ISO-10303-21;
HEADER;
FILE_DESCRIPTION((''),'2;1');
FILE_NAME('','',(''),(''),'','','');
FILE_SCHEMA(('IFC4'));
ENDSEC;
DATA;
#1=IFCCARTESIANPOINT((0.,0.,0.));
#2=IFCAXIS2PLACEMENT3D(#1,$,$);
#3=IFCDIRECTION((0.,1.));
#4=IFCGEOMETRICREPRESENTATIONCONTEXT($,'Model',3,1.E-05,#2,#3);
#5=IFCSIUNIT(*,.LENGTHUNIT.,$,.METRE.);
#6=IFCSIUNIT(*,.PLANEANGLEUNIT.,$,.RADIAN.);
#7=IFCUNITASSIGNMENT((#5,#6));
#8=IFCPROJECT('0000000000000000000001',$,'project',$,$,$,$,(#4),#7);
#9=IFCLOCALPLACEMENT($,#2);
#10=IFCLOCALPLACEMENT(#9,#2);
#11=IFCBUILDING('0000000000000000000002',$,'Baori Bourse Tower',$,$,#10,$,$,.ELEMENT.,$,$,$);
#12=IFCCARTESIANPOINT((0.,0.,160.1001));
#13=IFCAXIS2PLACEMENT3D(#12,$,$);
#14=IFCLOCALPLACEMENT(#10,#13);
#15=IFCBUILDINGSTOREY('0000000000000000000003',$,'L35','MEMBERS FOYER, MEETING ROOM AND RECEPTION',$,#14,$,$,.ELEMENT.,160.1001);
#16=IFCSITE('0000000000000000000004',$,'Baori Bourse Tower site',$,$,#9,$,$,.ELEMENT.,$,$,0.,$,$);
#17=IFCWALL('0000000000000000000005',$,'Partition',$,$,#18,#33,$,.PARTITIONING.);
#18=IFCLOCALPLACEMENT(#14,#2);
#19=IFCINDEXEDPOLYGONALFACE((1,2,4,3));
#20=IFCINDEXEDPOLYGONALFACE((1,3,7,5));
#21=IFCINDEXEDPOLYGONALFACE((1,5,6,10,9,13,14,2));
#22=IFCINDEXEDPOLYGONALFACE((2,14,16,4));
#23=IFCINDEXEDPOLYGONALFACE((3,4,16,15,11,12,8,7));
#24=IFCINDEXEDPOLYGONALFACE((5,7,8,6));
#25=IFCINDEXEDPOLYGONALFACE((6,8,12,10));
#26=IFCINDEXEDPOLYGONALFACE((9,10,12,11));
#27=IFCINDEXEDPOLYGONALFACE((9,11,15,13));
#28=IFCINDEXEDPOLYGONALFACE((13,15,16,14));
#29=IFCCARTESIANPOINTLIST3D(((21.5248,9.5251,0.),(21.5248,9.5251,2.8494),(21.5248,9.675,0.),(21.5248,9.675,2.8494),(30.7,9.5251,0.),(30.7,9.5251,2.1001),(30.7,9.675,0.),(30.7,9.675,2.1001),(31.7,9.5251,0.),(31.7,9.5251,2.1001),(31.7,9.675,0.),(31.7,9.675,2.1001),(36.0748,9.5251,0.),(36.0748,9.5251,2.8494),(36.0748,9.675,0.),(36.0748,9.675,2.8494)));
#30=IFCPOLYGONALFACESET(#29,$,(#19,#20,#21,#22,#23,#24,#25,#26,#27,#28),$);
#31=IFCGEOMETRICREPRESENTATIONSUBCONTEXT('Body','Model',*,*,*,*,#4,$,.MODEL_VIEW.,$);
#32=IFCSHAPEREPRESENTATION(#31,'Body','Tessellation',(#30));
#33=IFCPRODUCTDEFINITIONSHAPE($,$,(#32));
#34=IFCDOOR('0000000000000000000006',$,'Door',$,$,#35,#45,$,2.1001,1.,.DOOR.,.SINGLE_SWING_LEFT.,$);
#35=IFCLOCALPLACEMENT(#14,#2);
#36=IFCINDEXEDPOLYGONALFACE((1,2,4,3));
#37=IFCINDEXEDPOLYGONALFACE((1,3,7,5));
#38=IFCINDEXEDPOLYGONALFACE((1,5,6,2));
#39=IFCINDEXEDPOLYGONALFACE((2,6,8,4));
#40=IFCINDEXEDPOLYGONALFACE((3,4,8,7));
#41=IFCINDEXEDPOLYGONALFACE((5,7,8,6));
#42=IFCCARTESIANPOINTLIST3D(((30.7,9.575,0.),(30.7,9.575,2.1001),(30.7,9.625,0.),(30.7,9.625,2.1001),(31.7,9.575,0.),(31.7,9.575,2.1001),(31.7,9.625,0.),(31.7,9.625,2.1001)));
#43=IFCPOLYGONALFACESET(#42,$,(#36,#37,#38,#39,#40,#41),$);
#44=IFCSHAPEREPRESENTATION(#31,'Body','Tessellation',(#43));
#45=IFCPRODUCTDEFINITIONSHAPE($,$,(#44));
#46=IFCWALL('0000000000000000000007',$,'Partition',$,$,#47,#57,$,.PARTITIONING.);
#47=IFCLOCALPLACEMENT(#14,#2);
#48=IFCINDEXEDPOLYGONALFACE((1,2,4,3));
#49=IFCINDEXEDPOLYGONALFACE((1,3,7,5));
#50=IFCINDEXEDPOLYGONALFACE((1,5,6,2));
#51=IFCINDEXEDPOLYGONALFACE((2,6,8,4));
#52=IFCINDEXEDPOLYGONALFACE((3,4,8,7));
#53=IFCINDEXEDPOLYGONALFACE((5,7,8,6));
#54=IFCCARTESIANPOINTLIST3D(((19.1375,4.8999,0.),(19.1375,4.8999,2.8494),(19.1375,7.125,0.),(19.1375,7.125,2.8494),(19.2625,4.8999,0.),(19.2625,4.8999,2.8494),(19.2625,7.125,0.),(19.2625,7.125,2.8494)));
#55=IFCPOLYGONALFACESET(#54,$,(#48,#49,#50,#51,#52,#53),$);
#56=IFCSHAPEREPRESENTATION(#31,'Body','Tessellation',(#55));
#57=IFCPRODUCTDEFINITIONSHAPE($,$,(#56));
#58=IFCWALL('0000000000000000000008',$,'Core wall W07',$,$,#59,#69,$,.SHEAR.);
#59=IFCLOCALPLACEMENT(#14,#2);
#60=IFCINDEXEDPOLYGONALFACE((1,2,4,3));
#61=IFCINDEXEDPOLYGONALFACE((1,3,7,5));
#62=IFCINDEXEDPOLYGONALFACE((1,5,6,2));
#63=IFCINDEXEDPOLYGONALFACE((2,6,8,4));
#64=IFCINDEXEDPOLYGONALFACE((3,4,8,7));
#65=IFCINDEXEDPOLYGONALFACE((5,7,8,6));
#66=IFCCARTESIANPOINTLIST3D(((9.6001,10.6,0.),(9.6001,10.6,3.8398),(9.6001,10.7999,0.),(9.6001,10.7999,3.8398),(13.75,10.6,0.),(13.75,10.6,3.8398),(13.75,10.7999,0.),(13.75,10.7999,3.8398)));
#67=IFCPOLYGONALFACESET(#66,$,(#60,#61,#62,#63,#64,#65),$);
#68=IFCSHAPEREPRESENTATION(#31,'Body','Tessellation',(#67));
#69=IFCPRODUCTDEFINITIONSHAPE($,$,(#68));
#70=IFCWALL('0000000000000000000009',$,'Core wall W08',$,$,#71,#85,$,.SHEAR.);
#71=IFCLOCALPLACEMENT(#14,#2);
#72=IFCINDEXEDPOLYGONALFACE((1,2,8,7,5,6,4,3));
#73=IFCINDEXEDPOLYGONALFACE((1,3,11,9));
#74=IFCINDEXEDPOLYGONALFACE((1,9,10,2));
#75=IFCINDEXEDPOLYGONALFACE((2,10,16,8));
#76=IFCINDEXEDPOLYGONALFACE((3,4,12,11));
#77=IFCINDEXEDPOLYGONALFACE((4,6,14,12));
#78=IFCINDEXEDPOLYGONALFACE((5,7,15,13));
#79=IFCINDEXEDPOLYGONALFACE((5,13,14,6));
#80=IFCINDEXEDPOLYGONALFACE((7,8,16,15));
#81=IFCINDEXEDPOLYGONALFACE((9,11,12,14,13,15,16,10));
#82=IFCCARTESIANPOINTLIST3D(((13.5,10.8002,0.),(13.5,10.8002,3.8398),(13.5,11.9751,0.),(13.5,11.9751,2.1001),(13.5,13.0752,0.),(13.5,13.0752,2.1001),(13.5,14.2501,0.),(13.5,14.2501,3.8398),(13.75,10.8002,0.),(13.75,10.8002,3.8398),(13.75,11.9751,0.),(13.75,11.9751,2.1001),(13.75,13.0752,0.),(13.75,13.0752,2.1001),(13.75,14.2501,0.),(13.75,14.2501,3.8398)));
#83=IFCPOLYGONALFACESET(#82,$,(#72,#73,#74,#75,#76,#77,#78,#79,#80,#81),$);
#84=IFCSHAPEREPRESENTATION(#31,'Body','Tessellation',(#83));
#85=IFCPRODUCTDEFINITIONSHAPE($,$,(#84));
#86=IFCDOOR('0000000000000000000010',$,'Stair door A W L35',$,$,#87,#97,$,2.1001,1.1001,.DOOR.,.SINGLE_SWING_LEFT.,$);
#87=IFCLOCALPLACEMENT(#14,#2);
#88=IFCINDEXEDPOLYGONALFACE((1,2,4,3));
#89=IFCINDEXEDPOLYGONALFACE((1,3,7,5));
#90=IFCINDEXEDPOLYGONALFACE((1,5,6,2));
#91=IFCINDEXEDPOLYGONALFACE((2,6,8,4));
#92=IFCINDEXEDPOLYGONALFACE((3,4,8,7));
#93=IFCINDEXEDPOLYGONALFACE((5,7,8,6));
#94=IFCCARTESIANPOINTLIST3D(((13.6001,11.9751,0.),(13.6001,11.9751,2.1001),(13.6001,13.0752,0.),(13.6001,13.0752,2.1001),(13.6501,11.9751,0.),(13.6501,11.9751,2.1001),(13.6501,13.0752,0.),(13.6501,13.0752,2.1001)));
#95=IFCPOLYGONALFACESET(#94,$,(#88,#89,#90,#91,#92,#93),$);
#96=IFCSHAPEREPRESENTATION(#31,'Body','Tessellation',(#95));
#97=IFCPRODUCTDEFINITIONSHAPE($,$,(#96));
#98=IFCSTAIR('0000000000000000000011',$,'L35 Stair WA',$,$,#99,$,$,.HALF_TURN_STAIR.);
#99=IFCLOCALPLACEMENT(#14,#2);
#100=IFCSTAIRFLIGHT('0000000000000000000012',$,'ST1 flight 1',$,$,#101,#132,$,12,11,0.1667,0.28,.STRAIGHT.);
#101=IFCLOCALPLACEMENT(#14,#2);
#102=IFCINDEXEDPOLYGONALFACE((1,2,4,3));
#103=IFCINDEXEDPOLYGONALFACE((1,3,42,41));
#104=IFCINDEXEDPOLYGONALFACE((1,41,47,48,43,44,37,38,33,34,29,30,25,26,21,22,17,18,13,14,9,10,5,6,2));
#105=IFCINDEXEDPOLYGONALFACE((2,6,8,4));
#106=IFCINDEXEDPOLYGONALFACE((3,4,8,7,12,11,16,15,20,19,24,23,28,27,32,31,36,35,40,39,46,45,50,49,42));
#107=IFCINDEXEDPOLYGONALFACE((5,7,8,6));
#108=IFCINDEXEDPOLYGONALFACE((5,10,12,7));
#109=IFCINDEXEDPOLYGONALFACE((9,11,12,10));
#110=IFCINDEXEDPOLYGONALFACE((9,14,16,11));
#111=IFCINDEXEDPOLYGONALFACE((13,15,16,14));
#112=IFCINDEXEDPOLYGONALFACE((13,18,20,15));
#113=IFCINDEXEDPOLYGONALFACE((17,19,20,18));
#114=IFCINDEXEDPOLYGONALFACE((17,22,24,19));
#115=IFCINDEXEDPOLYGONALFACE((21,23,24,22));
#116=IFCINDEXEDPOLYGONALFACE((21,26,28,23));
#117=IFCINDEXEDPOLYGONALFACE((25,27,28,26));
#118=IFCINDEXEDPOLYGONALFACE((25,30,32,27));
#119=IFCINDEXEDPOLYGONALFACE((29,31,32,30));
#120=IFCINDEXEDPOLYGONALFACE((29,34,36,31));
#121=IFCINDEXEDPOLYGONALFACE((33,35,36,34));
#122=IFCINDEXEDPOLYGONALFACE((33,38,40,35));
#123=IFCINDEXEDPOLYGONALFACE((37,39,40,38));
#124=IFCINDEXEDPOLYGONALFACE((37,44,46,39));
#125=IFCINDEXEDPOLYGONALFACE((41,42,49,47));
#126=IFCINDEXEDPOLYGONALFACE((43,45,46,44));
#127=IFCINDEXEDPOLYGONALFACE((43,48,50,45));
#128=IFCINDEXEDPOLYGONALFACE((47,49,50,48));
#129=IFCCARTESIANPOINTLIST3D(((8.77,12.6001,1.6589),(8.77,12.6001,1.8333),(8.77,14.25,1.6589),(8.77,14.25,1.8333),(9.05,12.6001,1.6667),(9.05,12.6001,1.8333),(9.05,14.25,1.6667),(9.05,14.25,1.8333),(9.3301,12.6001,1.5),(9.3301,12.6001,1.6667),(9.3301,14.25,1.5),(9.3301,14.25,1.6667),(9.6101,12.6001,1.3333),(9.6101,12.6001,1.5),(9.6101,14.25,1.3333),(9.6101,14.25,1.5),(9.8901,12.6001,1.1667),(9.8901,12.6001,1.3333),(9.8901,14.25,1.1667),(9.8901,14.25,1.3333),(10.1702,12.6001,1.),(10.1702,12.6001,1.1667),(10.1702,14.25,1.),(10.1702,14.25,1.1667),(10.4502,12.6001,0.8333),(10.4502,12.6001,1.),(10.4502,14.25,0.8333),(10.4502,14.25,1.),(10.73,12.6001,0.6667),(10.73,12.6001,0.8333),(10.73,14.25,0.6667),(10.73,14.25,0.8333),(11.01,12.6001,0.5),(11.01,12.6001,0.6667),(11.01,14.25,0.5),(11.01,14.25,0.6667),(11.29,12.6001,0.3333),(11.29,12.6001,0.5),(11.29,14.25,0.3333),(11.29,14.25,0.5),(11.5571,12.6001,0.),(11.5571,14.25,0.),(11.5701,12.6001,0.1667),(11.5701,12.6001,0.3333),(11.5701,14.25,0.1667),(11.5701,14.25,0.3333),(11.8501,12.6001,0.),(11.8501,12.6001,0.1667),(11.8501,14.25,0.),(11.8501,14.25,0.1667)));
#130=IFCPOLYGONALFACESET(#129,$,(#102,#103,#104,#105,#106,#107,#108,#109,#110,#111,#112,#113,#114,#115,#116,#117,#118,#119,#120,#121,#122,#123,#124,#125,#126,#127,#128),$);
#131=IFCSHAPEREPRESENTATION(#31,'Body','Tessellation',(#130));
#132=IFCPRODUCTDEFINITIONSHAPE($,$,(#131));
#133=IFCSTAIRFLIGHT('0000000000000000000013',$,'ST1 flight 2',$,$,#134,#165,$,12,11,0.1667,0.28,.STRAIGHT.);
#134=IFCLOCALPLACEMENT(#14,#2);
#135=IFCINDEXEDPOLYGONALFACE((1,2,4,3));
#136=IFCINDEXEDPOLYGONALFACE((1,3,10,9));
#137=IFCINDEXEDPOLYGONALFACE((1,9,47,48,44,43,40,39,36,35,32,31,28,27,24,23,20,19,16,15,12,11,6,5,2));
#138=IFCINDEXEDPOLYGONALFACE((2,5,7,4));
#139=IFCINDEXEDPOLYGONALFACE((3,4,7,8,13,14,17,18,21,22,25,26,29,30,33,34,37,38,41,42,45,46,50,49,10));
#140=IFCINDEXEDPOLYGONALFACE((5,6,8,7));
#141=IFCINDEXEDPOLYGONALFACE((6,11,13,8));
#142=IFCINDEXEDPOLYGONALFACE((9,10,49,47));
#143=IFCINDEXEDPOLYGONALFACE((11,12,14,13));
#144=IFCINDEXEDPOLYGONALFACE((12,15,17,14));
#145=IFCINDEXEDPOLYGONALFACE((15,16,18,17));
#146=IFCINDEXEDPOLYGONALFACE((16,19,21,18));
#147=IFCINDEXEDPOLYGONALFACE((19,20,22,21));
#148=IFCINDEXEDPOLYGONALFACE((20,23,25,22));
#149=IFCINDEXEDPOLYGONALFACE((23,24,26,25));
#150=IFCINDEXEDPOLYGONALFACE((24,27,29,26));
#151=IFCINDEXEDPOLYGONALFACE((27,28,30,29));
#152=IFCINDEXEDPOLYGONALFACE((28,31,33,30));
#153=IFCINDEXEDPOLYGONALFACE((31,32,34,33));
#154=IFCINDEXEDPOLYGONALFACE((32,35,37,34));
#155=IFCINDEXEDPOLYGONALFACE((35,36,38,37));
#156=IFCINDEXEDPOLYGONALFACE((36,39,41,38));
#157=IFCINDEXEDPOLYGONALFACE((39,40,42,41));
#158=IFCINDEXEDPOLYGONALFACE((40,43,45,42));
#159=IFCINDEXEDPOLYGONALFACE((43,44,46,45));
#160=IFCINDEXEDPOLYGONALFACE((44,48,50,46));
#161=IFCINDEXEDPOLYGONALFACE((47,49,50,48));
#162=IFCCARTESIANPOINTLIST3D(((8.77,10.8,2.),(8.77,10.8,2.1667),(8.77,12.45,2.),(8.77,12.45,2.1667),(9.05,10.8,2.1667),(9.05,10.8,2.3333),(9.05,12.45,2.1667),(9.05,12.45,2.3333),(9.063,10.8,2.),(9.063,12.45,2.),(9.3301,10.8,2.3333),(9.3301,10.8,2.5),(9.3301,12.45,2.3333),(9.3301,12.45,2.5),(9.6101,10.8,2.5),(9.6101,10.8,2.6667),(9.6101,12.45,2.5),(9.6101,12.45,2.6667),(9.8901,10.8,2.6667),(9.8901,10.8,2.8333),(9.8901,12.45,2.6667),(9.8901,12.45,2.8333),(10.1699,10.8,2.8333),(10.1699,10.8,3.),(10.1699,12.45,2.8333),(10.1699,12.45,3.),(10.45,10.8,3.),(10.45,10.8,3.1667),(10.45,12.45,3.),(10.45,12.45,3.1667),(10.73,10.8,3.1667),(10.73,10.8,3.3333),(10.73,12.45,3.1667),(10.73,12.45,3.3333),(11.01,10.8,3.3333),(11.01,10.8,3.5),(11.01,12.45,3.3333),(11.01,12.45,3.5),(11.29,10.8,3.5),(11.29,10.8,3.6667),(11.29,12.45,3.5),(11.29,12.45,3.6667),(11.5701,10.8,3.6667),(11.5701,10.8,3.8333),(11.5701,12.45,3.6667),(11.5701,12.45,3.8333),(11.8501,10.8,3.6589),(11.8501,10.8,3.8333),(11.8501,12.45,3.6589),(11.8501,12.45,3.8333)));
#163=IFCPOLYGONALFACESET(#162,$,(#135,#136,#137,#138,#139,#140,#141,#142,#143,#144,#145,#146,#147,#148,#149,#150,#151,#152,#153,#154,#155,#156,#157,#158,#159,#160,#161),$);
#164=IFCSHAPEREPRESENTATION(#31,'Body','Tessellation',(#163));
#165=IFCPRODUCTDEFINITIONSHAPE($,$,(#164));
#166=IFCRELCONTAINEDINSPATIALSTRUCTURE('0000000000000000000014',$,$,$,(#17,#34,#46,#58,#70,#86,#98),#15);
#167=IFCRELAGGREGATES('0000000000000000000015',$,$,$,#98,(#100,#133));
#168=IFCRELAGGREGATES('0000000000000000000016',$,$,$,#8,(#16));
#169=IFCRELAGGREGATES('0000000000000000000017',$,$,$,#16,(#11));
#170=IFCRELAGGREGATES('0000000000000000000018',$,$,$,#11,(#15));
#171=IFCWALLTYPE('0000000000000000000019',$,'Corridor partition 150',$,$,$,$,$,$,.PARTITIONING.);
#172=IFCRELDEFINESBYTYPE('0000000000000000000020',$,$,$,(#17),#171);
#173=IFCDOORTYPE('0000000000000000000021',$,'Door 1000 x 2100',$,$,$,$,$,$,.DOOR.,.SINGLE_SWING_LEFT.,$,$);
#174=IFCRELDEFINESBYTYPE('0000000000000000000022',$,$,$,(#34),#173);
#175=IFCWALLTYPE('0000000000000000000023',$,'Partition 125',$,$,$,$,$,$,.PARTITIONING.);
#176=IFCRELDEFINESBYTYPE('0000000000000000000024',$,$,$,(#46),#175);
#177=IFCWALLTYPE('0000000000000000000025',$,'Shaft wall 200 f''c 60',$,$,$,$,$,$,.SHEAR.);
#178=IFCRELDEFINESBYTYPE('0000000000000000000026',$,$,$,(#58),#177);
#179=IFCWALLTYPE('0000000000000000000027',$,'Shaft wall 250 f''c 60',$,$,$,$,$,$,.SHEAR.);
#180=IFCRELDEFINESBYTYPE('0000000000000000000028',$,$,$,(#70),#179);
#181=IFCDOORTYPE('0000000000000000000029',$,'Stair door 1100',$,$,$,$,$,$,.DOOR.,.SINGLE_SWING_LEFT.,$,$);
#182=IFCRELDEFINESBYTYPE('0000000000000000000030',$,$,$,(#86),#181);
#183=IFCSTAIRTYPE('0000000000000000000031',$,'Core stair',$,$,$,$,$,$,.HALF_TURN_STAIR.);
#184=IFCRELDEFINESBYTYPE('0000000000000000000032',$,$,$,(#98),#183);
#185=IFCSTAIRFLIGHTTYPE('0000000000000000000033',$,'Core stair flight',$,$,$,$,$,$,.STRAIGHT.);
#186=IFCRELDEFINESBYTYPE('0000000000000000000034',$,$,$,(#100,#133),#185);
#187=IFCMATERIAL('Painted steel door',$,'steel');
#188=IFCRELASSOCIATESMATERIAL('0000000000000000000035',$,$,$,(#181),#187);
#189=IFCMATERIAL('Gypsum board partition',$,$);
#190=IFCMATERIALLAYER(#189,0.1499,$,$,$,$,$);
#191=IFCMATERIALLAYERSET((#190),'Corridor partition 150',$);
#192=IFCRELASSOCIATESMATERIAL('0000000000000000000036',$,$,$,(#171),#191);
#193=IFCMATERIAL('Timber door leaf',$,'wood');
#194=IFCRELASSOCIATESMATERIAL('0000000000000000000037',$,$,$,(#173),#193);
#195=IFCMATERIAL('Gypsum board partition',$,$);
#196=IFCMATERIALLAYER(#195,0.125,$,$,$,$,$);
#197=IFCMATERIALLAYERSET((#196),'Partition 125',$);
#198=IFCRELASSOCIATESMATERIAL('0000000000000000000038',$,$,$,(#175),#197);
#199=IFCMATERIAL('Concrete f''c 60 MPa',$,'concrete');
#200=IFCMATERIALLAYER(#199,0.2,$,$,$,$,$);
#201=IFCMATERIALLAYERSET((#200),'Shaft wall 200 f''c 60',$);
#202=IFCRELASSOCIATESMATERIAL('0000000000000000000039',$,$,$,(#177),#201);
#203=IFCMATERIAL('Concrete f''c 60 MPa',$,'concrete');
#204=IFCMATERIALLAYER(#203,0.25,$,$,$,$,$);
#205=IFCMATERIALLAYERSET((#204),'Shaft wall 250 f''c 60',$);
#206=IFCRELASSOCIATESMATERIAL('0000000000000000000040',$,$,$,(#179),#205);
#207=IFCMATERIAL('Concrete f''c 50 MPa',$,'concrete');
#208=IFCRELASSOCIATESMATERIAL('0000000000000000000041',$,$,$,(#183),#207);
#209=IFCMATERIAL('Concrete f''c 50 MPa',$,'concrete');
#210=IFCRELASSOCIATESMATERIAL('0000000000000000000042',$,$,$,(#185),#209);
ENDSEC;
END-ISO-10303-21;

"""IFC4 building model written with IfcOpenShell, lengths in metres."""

from ifc_helpers import new_model, si_unit, direction, frame, frame_2d, origin, place, context, subcontext, project, spatial, polyline, rectangle, outline, extrude, material, layer, layer_set, type_object, element, fill, aggregate, save


model = new_model("IFC4")

# Units and contexts
model_context = context("Model", 3, precision=1e-05, world=origin(), true_north=direction((0.0, 1.0)))
body_context = subcontext(model_context, "Body", "Model", "MODEL_VIEW")
ifc_project = project(units=[si_unit("LENGTHUNIT", "METRE"), si_unit("PLANEANGLEUNIT", "RADIAN")], contexts=[model_context])

# Site, building, storey
site_placement = place(None, origin())
site = spatial("IfcSite", under=ifc_project, at=site_placement, Name="Baori Bourse Tower site", CompositionType="ELEMENT", RefElevation=0.0)
building_placement = place(site_placement, origin())
building = spatial("IfcBuilding", under=site, at=building_placement, Name="Baori Bourse Tower", CompositionType="ELEMENT")
storey_placement = place(building_placement, frame((0.0, 0.0, 160.1001)))
storey = spatial("IfcBuildingStorey", under=building, at=storey_placement, Name="L35", Description="MEMBERS FOYER, MEETING ROOM AND RECEPTION", CompositionType="ELEMENT", Elevation=160.1001)

# Shared definitions
ifc_material_1 = material(Name="Painted steel door", Category="steel")
door_type_1 = type_object("IfcDoorType", Name="Stair door 1100", OperationType="SINGLE_SWING_LEFT", PredefinedType="DOOR", material=ifc_material_1)

# Shared definitions
ifc_material_2 = material(Name="Gypsum board partition")
ifc_layer_1 = layer(ifc_material_2, 0.1499)
ifc_layer_set_1 = layer_set([ifc_layer_1], Name="Corridor partition 150")
wall_type_1 = type_object("IfcWallType", Name="Corridor partition 150", PredefinedType="PARTITIONING", material=ifc_layer_set_1)
ifc_material_3 = material(Name="Timber door leaf", Category="wood")
door_type_2 = type_object("IfcDoorType", Name="Door 1000 x 2100", OperationType="SINGLE_SWING_LEFT", PredefinedType="DOOR", material=ifc_material_3)

# Wall, opening, door
wall_1_placement = place(storey_placement, frame((21.5249, 9.6001, 0.0), z_axis=(0.0, 0.0, 1.0), x_axis=(1.0, 0.0, 0.0)))
wall_1 = element("IfcWall", 1, at=wall_1_placement, inside=storey, type_object=wall_type_1, Name="Partition", PredefinedType="PARTITIONING", context=body_context, shape_type="SweptSolid", body=[
    extrude(rectangle(XDim=14.55, YDim=0.1499, at=frame_2d((7.2749, 0.0))), origin(), (0.0, 0.0, 1.0), 2.8494),
])
opening_1_placement = place(wall_1_placement, frame((9.175, 0.0, 0.0)))
opening_1 = element("IfcOpeningElement", 2, at=opening_1_placement, cuts=wall_1, PredefinedType="OPENING", context=body_context, shape_type="SweptSolid", body=[
    extrude(rectangle(XDim=1.0, YDim=2.1001, at=frame_2d((0.5, 1.05))), frame((0.0, 0.085, 0.0), z_axis=(0.0, -1.0, 0.0), x_axis=(1.0, 0.0, 0.0)), (0.0, 0.0, 1.0), 0.1699),
])
door_1_placement = place(opening_1_placement, origin())
door_1 = element("IfcDoor", 3, at=door_1_placement, inside=storey, type_object=door_type_2, Name="Door", OperationType="SINGLE_SWING_LEFT", OverallHeight=2.1001, OverallWidth=1.0, PredefinedType="DOOR", context=body_context, shape_type="SweptSolid", body=[
    extrude(rectangle(XDim=1.0, YDim=2.1001, at=frame_2d((0.5, 1.05))), frame((0.0, 0.0249, 0.0), z_axis=(0.0, -1.0, 0.0), x_axis=(1.0, 0.0, 0.0)), (0.0, 0.0, 1.0), 0.05),
])
fill(opening_1, door_1)

# Walls
ifc_material_4 = material(Name="Gypsum board partition")
ifc_layer_2 = layer(ifc_material_4, 0.125)
ifc_layer_set_2 = layer_set([ifc_layer_2], Name="Partition 125")
wall_type_2 = type_object("IfcWallType", Name="Partition 125", PredefinedType="PARTITIONING", material=ifc_layer_set_2)
wall_2_placement = place(storey_placement, frame((19.2, 4.8999, 0.0), z_axis=(0.0, 0.0, 1.0), x_axis=(0.0, 1.0, 0.0)))
element("IfcWall", 4, at=wall_2_placement, inside=storey, type_object=wall_type_2, Name="Partition", PredefinedType="PARTITIONING", context=body_context, shape_type="SweptSolid", body=[
    extrude(rectangle(XDim=2.2251, YDim=0.125, at=frame_2d((1.1125, 0.0))), origin(), (0.0, 0.0, 1.0), 2.8494),
])
ifc_material_5 = material(Name="Concrete f'c 60 MPa", Category="concrete")
ifc_layer_3 = layer(ifc_material_5, 0.2)
ifc_layer_set_3 = layer_set([ifc_layer_3], Name="Shaft wall 200 f'c 60")
wall_type_3 = type_object("IfcWallType", Name="Shaft wall 200 f'c 60", PredefinedType="SHEAR", material=ifc_layer_set_3)
wall_3_placement = place(storey_placement, frame((9.6001, 10.7, 0.0), z_axis=(0.0, 0.0, 1.0), x_axis=(1.0, 0.0, 0.0)))
element("IfcWall", 5, at=wall_3_placement, inside=storey, type_object=wall_type_3, Name="Core wall W07", PredefinedType="SHEAR", context=body_context, shape_type="SweptSolid", body=[
    extrude(rectangle(XDim=4.1499, YDim=0.2, at=frame_2d((2.075, 0.0))), origin(), (0.0, 0.0, 1.0), 3.8398),
])

# Wall, opening, door
ifc_material_6 = material(Name="Concrete f'c 60 MPa", Category="concrete")
ifc_layer_4 = layer(ifc_material_6, 0.25)
ifc_layer_set_4 = layer_set([ifc_layer_4], Name="Shaft wall 250 f'c 60")
wall_type_4 = type_object("IfcWallType", Name="Shaft wall 250 f'c 60", PredefinedType="SHEAR", material=ifc_layer_set_4)
wall_4_placement = place(storey_placement, frame((13.625, 10.8, 0.0), z_axis=(0.0, 0.0, 1.0), x_axis=(0.0, 1.0, 0.0)))
wall_4 = element("IfcWall", 6, at=wall_4_placement, inside=storey, type_object=wall_type_4, Name="Core wall W08", PredefinedType="SHEAR", context=body_context, shape_type="SweptSolid", body=[
    extrude(rectangle(XDim=3.45, YDim=0.25, at=frame_2d((1.7251, 0.0))), origin(), (0.0, 0.0, 1.0), 3.8398),
])
opening_2_placement = place(wall_4_placement, frame((1.175, 0.0, 0.0)))
opening_2 = element("IfcOpeningElement", 7, at=opening_2_placement, cuts=wall_4, PredefinedType="OPENING", context=body_context, shape_type="SweptSolid", body=[
    extrude(rectangle(XDim=1.1001, YDim=2.1001, at=frame_2d((0.55, 1.05))), frame((0.0, 0.135, 0.0), z_axis=(0.0, -1.0, 0.0), x_axis=(1.0, 0.0, 0.0)), (0.0, 0.0, 1.0), 0.27),
])
door_2_placement = place(opening_2_placement, origin())
door_2 = element("IfcDoor", 8, at=door_2_placement, inside=storey, type_object=door_type_1, Name="Stair door A W L35", OperationType="SINGLE_SWING_LEFT", OverallHeight=2.1001, OverallWidth=1.1001, PredefinedType="DOOR", context=body_context, shape_type="SweptSolid", body=[
    extrude(rectangle(XDim=1.1001, YDim=2.1001, at=frame_2d((0.55, 1.05))), frame((0.0, 0.0249, 0.0), z_axis=(0.0, -1.0, 0.0), x_axis=(1.0, 0.0, 0.0)), (0.0, 0.0, 1.0), 0.05),
])
fill(opening_2, door_2)

# Stair, stair flights
ifc_material_7 = material(Name="Concrete f'c 50 MPa", Category="concrete")
stair_type = type_object("IfcStairType", Name="Core stair", PredefinedType="HALF_TURN_STAIR", material=ifc_material_7)
stair_placement = place(storey_placement, origin())
stair = element("IfcStair", 9, at=stair_placement, inside=storey, type_object=stair_type, Name="L35 Stair WA", PredefinedType="HALF_TURN_STAIR")
ifc_material_8 = material(Name="Concrete f'c 50 MPa", Category="concrete")
stair_flight_type = type_object("IfcStairFlightType", Name="Core stair flight", PredefinedType="STRAIGHT", material=ifc_material_8)
stair_flight_1_placement = place(storey_placement, frame((11.8501, 13.425, 0.0), z_axis=(0.0, 0.0, 1.0), x_axis=(-1.0, 0.0, 0.0)))
stair_flight_1 = element("IfcStairFlight", 10, at=stair_flight_1_placement, type_object=stair_flight_type, Name="ST1 flight 1", NumberOfRisers=12, NumberOfTreads=11, PredefinedType="STRAIGHT", RiserHeight=0.1667, TreadLength=0.28, context=body_context, shape_type="SweptSolid", body=[
    extrude(outline(polyline([(0.0, 0.0), (0.0, 0.1667), (0.28, 0.1667), (0.28, 0.3333), (0.5601, 0.3333), (0.5601, 0.5), (0.8401, 0.5), (0.8401, 0.6667), (1.1201, 0.6667), (1.1201, 0.8333), (1.3999, 0.8333), (1.3999, 1.0), (1.6799, 1.0), (1.6799, 1.1667), (1.96, 1.1667), (1.96, 1.3333), (2.24, 1.3333), (2.24, 1.5), (2.52, 1.5), (2.52, 1.6667), (2.8, 1.6667), (2.8, 1.8333), (3.0801, 1.8333), (3.0801, 2.0), (3.0801, 1.6589), (0.293, 0.0), (0.0, 0.0)])), frame((0.0, 0.825, 0.0), z_axis=(0.0, -1.0, 0.0), x_axis=(1.0, 0.0, 0.0)), (0.0, 0.0, 1.0), 1.6499),
])
stair_flight_2_placement = place(storey_placement, frame((8.77, 11.625, 2.0), z_axis=(0.0, 0.0, 1.0), x_axis=(1.0, 0.0, 0.0)))
stair_flight_2 = element("IfcStairFlight", 11, at=stair_flight_2_placement, type_object=stair_flight_type, Name="ST1 flight 2", NumberOfRisers=12, NumberOfTreads=11, PredefinedType="STRAIGHT", RiserHeight=0.1667, TreadLength=0.28, context=body_context, shape_type="SweptSolid", body=[
    extrude(outline(polyline([(0.0, 0.0), (0.0, 0.1667), (0.28, 0.1667), (0.28, 0.3333), (0.5601, 0.3333), (0.5601, 0.5), (0.8401, 0.5), (0.8401, 0.6667), (1.1201, 0.6667), (1.1201, 0.8333), (1.3999, 0.8333), (1.3999, 1.0), (1.6799, 1.0), (1.6799, 1.1667), (1.96, 1.1667), (1.96, 1.3333), (2.24, 1.3333), (2.24, 1.5), (2.52, 1.5), (2.52, 1.6667), (2.8, 1.6667), (2.8, 1.8333), (3.0801, 1.8333), (3.0801, 2.0), (3.0801, 1.6589), (0.293, 0.0), (0.0, 0.0)])), frame((0.0, 0.825, 0.0), z_axis=(0.0, -1.0, 0.0), x_axis=(1.0, 0.0, 0.0)), (0.0, 0.0, 1.0), 1.6499),
])
aggregate(stair, [stair_flight_1, stair_flight_2])

save(model, "model.ifc")
